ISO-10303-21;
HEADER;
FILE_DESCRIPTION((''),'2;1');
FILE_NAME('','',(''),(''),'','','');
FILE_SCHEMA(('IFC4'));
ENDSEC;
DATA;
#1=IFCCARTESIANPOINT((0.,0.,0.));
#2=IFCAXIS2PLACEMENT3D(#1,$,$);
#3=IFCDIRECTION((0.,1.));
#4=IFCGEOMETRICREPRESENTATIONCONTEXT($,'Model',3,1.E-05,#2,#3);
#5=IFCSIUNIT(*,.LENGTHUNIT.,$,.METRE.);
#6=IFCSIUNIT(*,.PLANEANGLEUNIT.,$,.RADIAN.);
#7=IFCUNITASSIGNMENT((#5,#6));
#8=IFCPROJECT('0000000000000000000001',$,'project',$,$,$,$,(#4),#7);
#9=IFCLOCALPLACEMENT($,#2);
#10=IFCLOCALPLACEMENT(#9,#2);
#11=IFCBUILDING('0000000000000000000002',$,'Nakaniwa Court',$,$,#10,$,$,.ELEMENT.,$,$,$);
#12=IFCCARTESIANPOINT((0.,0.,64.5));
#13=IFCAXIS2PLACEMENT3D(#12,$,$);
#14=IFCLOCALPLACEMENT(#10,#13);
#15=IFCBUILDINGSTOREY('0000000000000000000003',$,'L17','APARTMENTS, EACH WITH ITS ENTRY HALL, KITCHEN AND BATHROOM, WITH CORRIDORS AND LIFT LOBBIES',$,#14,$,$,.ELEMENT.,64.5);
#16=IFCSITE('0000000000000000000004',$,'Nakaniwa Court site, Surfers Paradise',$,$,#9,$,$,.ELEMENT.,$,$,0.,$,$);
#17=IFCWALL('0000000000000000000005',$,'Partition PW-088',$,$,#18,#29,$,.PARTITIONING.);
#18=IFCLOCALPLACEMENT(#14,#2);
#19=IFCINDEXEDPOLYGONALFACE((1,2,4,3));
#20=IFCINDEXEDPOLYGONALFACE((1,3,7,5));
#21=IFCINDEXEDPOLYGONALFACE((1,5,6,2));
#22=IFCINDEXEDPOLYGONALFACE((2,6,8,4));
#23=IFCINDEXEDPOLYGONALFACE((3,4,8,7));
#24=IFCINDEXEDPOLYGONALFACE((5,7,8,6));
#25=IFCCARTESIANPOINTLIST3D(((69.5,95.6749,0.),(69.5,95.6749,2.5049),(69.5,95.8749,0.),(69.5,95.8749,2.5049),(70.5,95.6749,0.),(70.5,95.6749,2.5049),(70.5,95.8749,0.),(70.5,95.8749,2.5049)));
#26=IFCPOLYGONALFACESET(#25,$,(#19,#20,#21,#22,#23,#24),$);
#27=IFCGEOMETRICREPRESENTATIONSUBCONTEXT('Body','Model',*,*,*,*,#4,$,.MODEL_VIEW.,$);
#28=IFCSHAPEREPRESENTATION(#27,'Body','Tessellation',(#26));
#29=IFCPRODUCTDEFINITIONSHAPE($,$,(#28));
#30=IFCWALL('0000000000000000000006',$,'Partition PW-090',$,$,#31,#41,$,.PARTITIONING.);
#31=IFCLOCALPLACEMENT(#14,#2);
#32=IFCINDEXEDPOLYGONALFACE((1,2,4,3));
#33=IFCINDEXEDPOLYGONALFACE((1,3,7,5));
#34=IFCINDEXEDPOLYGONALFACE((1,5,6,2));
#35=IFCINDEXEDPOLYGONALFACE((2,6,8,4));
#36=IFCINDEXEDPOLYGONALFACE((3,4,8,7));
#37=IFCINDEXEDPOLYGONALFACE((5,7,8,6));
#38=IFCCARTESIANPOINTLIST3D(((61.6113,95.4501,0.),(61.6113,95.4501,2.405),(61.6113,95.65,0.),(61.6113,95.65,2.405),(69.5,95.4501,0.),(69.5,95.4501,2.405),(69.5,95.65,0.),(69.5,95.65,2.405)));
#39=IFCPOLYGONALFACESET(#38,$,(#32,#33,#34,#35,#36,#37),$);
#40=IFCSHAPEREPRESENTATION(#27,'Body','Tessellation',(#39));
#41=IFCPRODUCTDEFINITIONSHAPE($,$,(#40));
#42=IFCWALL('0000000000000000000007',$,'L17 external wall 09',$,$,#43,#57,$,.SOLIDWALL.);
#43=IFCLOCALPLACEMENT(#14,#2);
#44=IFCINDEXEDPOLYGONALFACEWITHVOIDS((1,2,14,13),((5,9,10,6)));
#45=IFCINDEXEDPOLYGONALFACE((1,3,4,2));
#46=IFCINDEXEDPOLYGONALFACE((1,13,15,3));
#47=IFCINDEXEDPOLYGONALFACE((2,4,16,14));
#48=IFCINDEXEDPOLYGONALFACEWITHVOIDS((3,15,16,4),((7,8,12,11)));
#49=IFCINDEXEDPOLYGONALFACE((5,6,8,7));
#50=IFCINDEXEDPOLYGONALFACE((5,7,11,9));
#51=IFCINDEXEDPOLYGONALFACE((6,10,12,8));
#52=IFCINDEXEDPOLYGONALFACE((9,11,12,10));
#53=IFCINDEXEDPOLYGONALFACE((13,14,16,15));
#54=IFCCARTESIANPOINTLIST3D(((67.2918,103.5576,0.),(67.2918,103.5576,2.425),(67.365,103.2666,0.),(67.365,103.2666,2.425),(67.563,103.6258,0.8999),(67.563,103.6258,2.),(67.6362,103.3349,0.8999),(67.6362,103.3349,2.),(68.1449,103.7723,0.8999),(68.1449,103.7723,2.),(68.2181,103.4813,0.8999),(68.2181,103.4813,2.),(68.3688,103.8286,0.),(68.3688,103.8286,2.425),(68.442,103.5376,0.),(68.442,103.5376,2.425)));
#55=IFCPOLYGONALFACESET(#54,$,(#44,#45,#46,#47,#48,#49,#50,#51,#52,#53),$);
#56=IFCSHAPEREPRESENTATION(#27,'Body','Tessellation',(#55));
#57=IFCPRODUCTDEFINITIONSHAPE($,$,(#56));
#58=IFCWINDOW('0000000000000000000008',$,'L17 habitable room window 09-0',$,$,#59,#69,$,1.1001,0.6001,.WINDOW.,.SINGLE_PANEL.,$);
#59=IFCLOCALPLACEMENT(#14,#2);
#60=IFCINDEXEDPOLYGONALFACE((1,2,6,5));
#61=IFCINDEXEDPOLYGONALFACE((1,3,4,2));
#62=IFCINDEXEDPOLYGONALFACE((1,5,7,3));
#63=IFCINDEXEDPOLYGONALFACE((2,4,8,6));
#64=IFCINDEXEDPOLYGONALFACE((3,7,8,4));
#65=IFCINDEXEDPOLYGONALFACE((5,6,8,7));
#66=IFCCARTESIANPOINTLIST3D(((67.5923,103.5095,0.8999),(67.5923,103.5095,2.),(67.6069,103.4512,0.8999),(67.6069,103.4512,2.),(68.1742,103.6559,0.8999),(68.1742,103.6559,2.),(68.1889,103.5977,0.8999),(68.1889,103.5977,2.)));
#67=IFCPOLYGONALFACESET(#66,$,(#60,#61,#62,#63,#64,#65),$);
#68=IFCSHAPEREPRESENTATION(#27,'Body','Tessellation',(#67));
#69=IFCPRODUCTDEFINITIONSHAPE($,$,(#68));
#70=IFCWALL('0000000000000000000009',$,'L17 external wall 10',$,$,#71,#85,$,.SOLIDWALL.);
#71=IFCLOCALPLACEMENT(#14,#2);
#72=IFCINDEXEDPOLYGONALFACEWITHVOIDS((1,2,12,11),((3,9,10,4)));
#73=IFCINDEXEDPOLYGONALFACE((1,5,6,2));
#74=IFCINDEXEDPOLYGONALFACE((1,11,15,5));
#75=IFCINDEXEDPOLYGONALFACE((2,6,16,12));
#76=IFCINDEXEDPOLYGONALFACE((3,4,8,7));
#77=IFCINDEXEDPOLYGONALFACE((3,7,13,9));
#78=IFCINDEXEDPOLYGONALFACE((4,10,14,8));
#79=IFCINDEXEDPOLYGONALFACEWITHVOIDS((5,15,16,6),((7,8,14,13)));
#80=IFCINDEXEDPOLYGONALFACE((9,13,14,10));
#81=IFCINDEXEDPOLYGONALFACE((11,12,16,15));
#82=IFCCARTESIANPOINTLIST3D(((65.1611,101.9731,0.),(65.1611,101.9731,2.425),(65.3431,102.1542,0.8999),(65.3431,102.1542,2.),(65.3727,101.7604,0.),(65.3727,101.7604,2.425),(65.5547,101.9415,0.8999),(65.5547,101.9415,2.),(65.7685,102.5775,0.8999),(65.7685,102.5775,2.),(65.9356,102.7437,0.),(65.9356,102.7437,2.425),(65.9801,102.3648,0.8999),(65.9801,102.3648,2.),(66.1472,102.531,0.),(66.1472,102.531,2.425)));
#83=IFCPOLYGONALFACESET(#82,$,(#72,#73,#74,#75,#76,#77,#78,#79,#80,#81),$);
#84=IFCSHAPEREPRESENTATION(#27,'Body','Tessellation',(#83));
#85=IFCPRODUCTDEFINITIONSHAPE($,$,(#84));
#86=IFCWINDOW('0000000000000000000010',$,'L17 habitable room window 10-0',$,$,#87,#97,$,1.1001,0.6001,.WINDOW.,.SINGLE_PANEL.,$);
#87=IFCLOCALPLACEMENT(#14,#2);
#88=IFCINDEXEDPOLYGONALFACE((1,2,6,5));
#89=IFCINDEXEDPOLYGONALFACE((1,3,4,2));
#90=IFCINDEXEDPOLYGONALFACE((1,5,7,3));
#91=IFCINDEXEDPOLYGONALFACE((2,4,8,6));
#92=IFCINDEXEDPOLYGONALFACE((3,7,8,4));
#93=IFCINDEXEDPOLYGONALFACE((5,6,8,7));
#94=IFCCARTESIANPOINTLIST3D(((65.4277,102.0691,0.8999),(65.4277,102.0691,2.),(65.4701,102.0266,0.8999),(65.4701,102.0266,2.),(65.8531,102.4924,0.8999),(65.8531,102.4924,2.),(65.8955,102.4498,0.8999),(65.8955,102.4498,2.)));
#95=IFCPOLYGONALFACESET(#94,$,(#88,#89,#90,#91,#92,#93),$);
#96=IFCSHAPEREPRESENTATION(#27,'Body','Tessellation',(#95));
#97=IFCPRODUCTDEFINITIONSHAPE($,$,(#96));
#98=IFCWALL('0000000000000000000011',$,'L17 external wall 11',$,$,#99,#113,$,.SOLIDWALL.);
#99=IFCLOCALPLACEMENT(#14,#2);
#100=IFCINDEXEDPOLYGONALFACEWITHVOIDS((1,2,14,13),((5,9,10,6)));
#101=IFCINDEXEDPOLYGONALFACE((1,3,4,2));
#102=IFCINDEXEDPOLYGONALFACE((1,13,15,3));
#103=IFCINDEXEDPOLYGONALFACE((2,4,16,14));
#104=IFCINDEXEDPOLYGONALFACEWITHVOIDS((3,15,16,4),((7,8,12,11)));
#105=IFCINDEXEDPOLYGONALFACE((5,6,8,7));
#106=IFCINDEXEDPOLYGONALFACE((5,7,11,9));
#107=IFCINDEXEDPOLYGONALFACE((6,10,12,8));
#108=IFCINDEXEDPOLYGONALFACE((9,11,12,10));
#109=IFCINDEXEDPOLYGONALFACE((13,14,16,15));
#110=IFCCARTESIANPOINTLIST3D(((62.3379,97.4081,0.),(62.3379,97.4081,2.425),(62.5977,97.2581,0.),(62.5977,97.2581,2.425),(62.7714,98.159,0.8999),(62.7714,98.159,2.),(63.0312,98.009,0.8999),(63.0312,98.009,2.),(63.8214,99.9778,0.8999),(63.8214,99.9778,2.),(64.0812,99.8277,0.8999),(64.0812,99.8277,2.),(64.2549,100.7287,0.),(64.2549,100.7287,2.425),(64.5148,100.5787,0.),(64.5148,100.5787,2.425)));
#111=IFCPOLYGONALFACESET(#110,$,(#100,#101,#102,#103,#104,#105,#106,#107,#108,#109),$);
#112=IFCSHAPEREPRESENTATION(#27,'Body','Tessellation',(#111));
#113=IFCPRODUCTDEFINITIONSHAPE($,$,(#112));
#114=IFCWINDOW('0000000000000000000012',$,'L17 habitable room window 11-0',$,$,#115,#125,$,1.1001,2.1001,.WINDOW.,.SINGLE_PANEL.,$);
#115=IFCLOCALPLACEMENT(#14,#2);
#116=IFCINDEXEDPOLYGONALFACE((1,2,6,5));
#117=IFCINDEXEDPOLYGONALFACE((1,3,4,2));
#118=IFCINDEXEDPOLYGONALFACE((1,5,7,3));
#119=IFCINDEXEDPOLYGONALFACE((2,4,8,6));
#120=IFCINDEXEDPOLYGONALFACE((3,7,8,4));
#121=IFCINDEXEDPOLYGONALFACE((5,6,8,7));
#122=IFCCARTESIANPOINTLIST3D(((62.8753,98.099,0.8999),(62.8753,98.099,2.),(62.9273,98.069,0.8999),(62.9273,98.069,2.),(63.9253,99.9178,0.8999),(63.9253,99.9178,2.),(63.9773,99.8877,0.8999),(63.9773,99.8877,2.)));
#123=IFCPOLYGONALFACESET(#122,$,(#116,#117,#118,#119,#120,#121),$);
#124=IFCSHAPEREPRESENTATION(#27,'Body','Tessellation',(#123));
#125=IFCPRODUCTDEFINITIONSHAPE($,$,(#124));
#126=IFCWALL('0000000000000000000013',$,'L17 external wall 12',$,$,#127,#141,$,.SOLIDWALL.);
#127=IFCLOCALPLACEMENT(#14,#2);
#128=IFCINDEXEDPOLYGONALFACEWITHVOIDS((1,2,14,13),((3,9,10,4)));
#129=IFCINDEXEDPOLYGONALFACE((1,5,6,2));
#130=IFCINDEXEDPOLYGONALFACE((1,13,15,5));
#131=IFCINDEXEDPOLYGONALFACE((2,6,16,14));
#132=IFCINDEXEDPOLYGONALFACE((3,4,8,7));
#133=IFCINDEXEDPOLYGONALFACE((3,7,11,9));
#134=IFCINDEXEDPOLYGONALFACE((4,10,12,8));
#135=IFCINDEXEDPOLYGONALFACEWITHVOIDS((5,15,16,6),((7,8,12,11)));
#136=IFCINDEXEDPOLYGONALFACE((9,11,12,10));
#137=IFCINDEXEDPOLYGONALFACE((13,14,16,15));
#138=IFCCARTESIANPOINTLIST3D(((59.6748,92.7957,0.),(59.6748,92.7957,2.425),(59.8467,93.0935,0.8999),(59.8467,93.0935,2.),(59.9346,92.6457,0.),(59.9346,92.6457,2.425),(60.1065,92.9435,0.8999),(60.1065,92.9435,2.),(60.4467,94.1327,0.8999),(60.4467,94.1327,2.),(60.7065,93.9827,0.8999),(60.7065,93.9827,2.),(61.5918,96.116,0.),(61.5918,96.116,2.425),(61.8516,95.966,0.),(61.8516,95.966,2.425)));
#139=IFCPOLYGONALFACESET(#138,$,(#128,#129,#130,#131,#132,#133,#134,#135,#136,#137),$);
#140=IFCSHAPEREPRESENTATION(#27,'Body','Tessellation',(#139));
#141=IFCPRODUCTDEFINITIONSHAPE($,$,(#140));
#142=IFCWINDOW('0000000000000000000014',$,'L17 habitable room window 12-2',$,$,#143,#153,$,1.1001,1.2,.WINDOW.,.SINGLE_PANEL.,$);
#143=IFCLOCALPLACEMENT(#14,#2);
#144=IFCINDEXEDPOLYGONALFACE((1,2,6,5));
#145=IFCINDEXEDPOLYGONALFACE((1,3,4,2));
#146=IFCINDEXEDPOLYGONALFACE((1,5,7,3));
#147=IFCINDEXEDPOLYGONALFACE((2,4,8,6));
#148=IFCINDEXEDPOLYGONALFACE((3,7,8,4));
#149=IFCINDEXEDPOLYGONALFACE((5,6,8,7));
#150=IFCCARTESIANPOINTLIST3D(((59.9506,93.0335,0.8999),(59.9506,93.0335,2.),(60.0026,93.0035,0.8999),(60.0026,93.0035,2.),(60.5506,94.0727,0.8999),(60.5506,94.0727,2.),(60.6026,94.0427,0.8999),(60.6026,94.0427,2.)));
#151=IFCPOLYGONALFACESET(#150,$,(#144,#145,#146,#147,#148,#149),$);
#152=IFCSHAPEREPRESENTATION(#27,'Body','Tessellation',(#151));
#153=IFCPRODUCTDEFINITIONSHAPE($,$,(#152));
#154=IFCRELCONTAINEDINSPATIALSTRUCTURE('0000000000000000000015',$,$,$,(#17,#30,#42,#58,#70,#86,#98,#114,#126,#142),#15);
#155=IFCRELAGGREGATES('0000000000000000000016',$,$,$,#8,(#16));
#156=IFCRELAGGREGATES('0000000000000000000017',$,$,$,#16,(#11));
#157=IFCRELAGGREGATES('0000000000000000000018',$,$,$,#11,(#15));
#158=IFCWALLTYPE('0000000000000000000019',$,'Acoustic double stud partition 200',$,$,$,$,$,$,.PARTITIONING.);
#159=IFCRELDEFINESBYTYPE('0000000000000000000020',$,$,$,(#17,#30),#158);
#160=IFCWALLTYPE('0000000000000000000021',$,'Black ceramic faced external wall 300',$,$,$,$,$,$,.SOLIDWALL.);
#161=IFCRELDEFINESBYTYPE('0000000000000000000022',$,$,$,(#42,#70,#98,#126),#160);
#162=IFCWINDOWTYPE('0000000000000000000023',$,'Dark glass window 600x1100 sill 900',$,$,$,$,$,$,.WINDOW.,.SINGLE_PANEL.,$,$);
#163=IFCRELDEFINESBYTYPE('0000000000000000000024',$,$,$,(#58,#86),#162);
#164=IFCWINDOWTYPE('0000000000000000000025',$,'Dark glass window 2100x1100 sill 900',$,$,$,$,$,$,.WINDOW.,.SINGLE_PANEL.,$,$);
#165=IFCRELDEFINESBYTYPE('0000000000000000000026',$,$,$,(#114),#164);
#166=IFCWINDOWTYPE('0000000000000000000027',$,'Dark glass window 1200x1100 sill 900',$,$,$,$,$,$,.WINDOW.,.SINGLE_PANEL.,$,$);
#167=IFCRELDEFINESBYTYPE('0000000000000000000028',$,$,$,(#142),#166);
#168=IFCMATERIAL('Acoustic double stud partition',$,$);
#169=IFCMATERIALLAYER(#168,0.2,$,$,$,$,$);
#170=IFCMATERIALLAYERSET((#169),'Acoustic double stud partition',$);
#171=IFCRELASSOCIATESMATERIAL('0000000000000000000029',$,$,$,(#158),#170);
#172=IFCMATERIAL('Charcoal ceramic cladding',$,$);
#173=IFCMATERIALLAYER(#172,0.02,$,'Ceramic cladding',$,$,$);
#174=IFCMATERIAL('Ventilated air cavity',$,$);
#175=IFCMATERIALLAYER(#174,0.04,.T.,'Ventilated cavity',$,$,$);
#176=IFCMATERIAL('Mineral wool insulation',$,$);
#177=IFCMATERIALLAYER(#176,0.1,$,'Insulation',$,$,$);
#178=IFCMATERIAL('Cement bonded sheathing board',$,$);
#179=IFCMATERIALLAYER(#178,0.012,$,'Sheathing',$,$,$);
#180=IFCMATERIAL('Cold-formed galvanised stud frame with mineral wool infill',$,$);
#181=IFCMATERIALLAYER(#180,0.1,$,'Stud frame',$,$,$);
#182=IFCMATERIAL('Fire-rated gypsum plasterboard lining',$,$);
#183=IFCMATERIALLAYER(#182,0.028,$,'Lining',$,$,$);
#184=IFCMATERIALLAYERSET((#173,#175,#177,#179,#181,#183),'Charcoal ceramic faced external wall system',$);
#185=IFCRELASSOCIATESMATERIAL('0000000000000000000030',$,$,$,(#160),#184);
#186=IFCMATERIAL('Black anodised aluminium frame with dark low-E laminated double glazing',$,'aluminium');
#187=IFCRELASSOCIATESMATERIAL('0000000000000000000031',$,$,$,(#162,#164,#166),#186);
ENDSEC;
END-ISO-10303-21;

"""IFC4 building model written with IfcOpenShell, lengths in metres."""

from ifc_helpers import new_model, si_unit, direction, frame, frame_2d, origin, place, context, subcontext, project, spatial, rectangle, extrude, material, layer, layer_set, type_object, element, fill, save


model = new_model("IFC4")

# Units and contexts
model_context = context("Model", 3, precision=1e-05, world=origin(), true_north=direction((0.0, 1.0)))
body_context = subcontext(model_context, "Body", "Model", "MODEL_VIEW")
ifc_project = project(units=[si_unit("LENGTHUNIT", "METRE"), si_unit("PLANEANGLEUNIT", "RADIAN")], contexts=[model_context])

# Site, building, storey
site_placement = place(None, origin())
site = spatial("IfcSite", under=ifc_project, at=site_placement, Name="Nakaniwa Court site, Surfers Paradise", CompositionType="ELEMENT", RefElevation=0.0)
building_placement = place(site_placement, origin())
building = spatial("IfcBuilding", under=site, at=building_placement, Name="Nakaniwa Court", CompositionType="ELEMENT")
storey_placement = place(building_placement, frame((0.0, 0.0, 64.5)))
storey = spatial("IfcBuildingStorey", under=building, at=storey_placement, Name="L17", Description="APARTMENTS, EACH WITH ITS ENTRY HALL, KITCHEN AND BATHROOM, WITH CORRIDORS AND LIFT LOBBIES", CompositionType="ELEMENT", Elevation=64.5)

# Walls
ifc_material_1 = material(Name="Acoustic double stud partition")
ifc_layer_1 = layer(ifc_material_1, 0.2)
ifc_layer_set_1 = layer_set([ifc_layer_1], Name="Acoustic double stud partition")
wall_type_1 = type_object("IfcWallType", Name="Acoustic double stud partition 200", PredefinedType="PARTITIONING", material=ifc_layer_set_1)
for number, where, z_axis, x_axis, name in (
    (1, (69.5, 95.7749, 0.0), (0.0, 0.0, 1.0), (1.0, 0.0, 0.0), "Partition PW-088"),
):
    element("IfcWall", number, at=place(storey_placement, frame(where, z_axis=z_axis, x_axis=x_axis)), inside=storey, type_object=wall_type_1, Name=name, PredefinedType="PARTITIONING", context=body_context, shape_type="SweptSolid", body=[
        extrude(rectangle(XDim=1.0, YDim=0.2, at=frame_2d((0.5, 0.0))), origin(), (0.0, 0.0, 1.0), 2.5049),
    ])
wall_1_placement = place(storey_placement, frame((61.6113, 95.55, 0.0), z_axis=(0.0, 0.0, 1.0), x_axis=(1.0, 0.0, 0.0)))
element("IfcWall", 2, at=wall_1_placement, inside=storey, type_object=wall_type_1, Name="Partition PW-090", PredefinedType="PARTITIONING", context=body_context, shape_type="SweptSolid", body=[
    extrude(rectangle(XDim=7.8887, YDim=0.2, at=frame_2d((3.9443, 0.0))), origin(), (0.0, 0.0, 1.0), 2.405),
])

# Walls, openings, windows
ifc_material_2 = material(Name="Charcoal ceramic cladding")
ifc_layer_2 = layer(ifc_material_2, 0.02, Name="Ceramic cladding")
ifc_material_3 = material(Name="Ventilated air cavity")
ifc_layer_3 = layer(ifc_material_3, 0.04, ventilated=True, Name="Ventilated cavity")
ifc_material_4 = material(Name="Mineral wool insulation")
ifc_layer_4 = layer(ifc_material_4, 0.1, Name="Insulation")
ifc_material_5 = material(Name="Cement bonded sheathing board")
ifc_layer_5 = layer(ifc_material_5, 0.012, Name="Sheathing")
ifc_material_6 = material(Name="Cold-formed galvanised stud frame with mineral wool infill")
ifc_layer_6 = layer(ifc_material_6, 0.1, Name="Stud frame")
ifc_material_7 = material(Name="Fire-rated gypsum plasterboard lining")
ifc_layer_7 = layer(ifc_material_7, 0.028, Name="Lining")
ifc_layer_set_2 = layer_set([ifc_layer_2, ifc_layer_3, ifc_layer_4, ifc_layer_5, ifc_layer_6, ifc_layer_7], Name="Charcoal ceramic faced external wall system")
wall_type_2 = type_object("IfcWallType", Name="Black ceramic faced external wall 300", PredefinedType="SOLIDWALL", material=ifc_layer_set_2)
wall_2_placement = place(storey_placement, frame((68.4053, 103.6831, 0.0), z_axis=(0.0, 0.0, 1.0), x_axis=(-0.969766, -0.244036, 0.0)))
wall_2 = element("IfcWall", 3, at=wall_2_placement, inside=storey, type_object=wall_type_2, Name="L17 external wall 09", PredefinedType="SOLIDWALL", context=body_context, shape_type="SweptSolid", body=[
    extrude(rectangle(XDim=1.1106, YDim=0.3, at=frame_2d((0.5552, 0.0))), origin(), (0.0, 0.0, 1.0), 2.425),
])
opening_1_placement = place(wall_2_placement, frame((0.2307, 0.0, 0.8999)))
opening_1 = element("IfcOpeningElement", 4, at=opening_1_placement, cuts=wall_2, PredefinedType="OPENING", context=body_context, shape_type="SweptSolid", body=[
    extrude(rectangle(XDim=0.6001, YDim=1.1001, at=frame_2d((0.3, 0.55))), frame((0.0, 0.1599, 0.0), z_axis=(0.0, -1.0, 0.0), x_axis=(1.0, 0.0, 0.0)), (0.0, 0.0, 1.0), 0.3201),
])
ifc_material_8 = material(Name="Black anodised aluminium frame with dark low-E laminated double glazing", Category="aluminium")
window_type_1 = type_object("IfcWindowType", Name="Dark glass window 600x1100 sill 900", PartitioningType="SINGLE_PANEL", PredefinedType="WINDOW", material=ifc_material_8)
window_1_placement = place(opening_1_placement, origin())
window_1 = element("IfcWindow", 5, at=window_1_placement, inside=storey, type_object=window_type_1, Name="L17 habitable room window 09-0", OverallHeight=1.1001, OverallWidth=0.6001, PartitioningType="SINGLE_PANEL", PredefinedType="WINDOW", context=body_context, shape_type="SweptSolid", body=[
    extrude(rectangle(XDim=0.6001, YDim=1.1001, at=frame_2d((0.3, 0.55))), frame((0.0, 0.03, 0.0), z_axis=(0.0, -1.0, 0.0), x_axis=(1.0, 0.0, 0.0)), (0.0, 0.0, 1.0), 0.0601),
])
fill(opening_1, window_1)
wall_3_placement = place(storey_placement, frame((66.0415, 102.6375, 0.0), z_axis=(0.0, 0.0, 1.0), x_axis=(-0.708892, -0.705317, 0.0)))
wall_3 = element("IfcWall", 6, at=wall_3_placement, inside=storey, type_object=wall_type_2, Name="L17 external wall 10", PredefinedType="SOLIDWALL", context=body_context, shape_type="SweptSolid", body=[
    extrude(rectangle(XDim=1.0925, YDim=0.3, at=frame_2d((0.5464, 0.0))), origin(), (0.0, 0.0, 1.0), 2.425),
])
opening_2_placement = place(wall_3_placement, frame((0.2358, 0.0, 0.8999)))
opening_2 = element("IfcOpeningElement", 7, at=opening_2_placement, cuts=wall_3, PredefinedType="OPENING", context=body_context, shape_type="SweptSolid", body=[
    extrude(rectangle(XDim=0.6001, YDim=1.1001, at=frame_2d((0.3, 0.55))), frame((0.0, 0.1599, 0.0), z_axis=(0.0, -1.0, 0.0), x_axis=(1.0, 0.0, 0.0)), (0.0, 0.0, 1.0), 0.3201),
])
window_2_placement = place(opening_2_placement, origin())
window_2 = element("IfcWindow", 8, at=window_2_placement, inside=storey, type_object=window_type_1, Name="L17 habitable room window 10-0", OverallHeight=1.1001, OverallWidth=0.6001, PartitioningType="SINGLE_PANEL", PredefinedType="WINDOW", context=body_context, shape_type="SweptSolid", body=[
    extrude(rectangle(XDim=0.6001, YDim=1.1001, at=frame_2d((0.3, 0.55))), frame((0.0, 0.03, 0.0), z_axis=(0.0, -1.0, 0.0), x_axis=(1.0, 0.0, 0.0)), (0.0, 0.0, 1.0), 0.0601),
])
fill(opening_2, window_2)
wall_4_placement = place(storey_placement, frame((64.3848, 100.6536, 0.0), z_axis=(0.0, 0.0, 1.0), x_axis=(-0.499974, -0.86604, 0.0)))
wall_4 = element("IfcWall", 9, at=wall_4_placement, inside=storey, type_object=wall_type_2, Name="L17 external wall 11", PredefinedType="SOLIDWALL", context=body_context, shape_type="SweptSolid", body=[
    extrude(rectangle(XDim=3.8342, YDim=0.3, at=frame_2d((1.917, 0.0))), origin(), (0.0, 0.0, 1.0), 2.425),
])
opening_3_placement = place(wall_4_placement, frame((0.8669, 0.0, 0.8999)))
opening_3 = element("IfcOpeningElement", 10, at=opening_3_placement, cuts=wall_4, PredefinedType="OPENING", context=body_context, shape_type="SweptSolid", body=[
    extrude(rectangle(XDim=2.1001, YDim=1.1001, at=frame_2d((1.05, 0.55))), frame((0.0, 0.1599, 0.0), z_axis=(0.0, -1.0, 0.0), x_axis=(1.0, 0.0, 0.0)), (0.0, 0.0, 1.0), 0.3201),
])
window_type_2 = type_object("IfcWindowType", Name="Dark glass window 2100x1100 sill 900", PartitioningType="SINGLE_PANEL", PredefinedType="WINDOW", material=ifc_material_8)
window_3_placement = place(opening_3_placement, origin())
window_3 = element("IfcWindow", 11, at=window_3_placement, inside=storey, type_object=window_type_2, Name="L17 habitable room window 11-0", OverallHeight=1.1001, OverallWidth=2.1001, PartitioningType="SINGLE_PANEL", PredefinedType="WINDOW", context=body_context, shape_type="SweptSolid", body=[
    extrude(rectangle(XDim=2.1001, YDim=1.1001, at=frame_2d((1.05, 0.55))), frame((0.0, 0.03, 0.0), z_axis=(0.0, -1.0, 0.0), x_axis=(1.0, 0.0, 0.0)), (0.0, 0.0, 1.0), 0.0601),
])
fill(opening_3, window_3)
wall_5_placement = place(storey_placement, frame((61.7217, 96.041, 0.0), z_axis=(0.0, 0.0, 1.0), x_axis=(-0.500002, -0.866024, 0.0)))
wall_5 = element("IfcWall", 12, at=wall_5_placement, inside=storey, type_object=wall_type_2, Name="L17 external wall 12", PredefinedType="SOLIDWALL", context=body_context, shape_type="SweptSolid", body=[
    extrude(rectangle(XDim=3.834, YDim=0.3, at=frame_2d((1.917, 0.0))), origin(), (0.0, 0.0, 1.0), 2.425),
])
opening_4_placement = place(wall_5_placement, frame((2.29, 0.0, 0.8999)))
opening_4 = element("IfcOpeningElement", 13, at=opening_4_placement, cuts=wall_5, PredefinedType="OPENING", context=body_context, shape_type="SweptSolid", body=[
    extrude(rectangle(XDim=1.2, YDim=1.1001, at=frame_2d((0.6001, 0.55))), frame((0.0, 0.1599, 0.0), z_axis=(0.0, -1.0, 0.0), x_axis=(1.0, 0.0, 0.0)), (0.0, 0.0, 1.0), 0.3201),
])
window_type_3 = type_object("IfcWindowType", Name="Dark glass window 1200x1100 sill 900", PartitioningType="SINGLE_PANEL", PredefinedType="WINDOW", material=ifc_material_8)
window_4_placement = place(opening_4_placement, origin())
window_4 = element("IfcWindow", 14, at=window_4_placement, inside=storey, type_object=window_type_3, Name="L17 habitable room window 12-2", OverallHeight=1.1001, OverallWidth=1.2, PartitioningType="SINGLE_PANEL", PredefinedType="WINDOW", context=body_context, shape_type="SweptSolid", body=[
    extrude(rectangle(XDim=1.2, YDim=1.1001, at=frame_2d((0.6001, 0.55))), frame((0.0, 0.03, 0.0), z_axis=(0.0, -1.0, 0.0), x_axis=(1.0, 0.0, 0.0)), (0.0, 0.0, 1.0), 0.0601),
])
fill(opening_4, window_4)

save(model, "model.ifc")
